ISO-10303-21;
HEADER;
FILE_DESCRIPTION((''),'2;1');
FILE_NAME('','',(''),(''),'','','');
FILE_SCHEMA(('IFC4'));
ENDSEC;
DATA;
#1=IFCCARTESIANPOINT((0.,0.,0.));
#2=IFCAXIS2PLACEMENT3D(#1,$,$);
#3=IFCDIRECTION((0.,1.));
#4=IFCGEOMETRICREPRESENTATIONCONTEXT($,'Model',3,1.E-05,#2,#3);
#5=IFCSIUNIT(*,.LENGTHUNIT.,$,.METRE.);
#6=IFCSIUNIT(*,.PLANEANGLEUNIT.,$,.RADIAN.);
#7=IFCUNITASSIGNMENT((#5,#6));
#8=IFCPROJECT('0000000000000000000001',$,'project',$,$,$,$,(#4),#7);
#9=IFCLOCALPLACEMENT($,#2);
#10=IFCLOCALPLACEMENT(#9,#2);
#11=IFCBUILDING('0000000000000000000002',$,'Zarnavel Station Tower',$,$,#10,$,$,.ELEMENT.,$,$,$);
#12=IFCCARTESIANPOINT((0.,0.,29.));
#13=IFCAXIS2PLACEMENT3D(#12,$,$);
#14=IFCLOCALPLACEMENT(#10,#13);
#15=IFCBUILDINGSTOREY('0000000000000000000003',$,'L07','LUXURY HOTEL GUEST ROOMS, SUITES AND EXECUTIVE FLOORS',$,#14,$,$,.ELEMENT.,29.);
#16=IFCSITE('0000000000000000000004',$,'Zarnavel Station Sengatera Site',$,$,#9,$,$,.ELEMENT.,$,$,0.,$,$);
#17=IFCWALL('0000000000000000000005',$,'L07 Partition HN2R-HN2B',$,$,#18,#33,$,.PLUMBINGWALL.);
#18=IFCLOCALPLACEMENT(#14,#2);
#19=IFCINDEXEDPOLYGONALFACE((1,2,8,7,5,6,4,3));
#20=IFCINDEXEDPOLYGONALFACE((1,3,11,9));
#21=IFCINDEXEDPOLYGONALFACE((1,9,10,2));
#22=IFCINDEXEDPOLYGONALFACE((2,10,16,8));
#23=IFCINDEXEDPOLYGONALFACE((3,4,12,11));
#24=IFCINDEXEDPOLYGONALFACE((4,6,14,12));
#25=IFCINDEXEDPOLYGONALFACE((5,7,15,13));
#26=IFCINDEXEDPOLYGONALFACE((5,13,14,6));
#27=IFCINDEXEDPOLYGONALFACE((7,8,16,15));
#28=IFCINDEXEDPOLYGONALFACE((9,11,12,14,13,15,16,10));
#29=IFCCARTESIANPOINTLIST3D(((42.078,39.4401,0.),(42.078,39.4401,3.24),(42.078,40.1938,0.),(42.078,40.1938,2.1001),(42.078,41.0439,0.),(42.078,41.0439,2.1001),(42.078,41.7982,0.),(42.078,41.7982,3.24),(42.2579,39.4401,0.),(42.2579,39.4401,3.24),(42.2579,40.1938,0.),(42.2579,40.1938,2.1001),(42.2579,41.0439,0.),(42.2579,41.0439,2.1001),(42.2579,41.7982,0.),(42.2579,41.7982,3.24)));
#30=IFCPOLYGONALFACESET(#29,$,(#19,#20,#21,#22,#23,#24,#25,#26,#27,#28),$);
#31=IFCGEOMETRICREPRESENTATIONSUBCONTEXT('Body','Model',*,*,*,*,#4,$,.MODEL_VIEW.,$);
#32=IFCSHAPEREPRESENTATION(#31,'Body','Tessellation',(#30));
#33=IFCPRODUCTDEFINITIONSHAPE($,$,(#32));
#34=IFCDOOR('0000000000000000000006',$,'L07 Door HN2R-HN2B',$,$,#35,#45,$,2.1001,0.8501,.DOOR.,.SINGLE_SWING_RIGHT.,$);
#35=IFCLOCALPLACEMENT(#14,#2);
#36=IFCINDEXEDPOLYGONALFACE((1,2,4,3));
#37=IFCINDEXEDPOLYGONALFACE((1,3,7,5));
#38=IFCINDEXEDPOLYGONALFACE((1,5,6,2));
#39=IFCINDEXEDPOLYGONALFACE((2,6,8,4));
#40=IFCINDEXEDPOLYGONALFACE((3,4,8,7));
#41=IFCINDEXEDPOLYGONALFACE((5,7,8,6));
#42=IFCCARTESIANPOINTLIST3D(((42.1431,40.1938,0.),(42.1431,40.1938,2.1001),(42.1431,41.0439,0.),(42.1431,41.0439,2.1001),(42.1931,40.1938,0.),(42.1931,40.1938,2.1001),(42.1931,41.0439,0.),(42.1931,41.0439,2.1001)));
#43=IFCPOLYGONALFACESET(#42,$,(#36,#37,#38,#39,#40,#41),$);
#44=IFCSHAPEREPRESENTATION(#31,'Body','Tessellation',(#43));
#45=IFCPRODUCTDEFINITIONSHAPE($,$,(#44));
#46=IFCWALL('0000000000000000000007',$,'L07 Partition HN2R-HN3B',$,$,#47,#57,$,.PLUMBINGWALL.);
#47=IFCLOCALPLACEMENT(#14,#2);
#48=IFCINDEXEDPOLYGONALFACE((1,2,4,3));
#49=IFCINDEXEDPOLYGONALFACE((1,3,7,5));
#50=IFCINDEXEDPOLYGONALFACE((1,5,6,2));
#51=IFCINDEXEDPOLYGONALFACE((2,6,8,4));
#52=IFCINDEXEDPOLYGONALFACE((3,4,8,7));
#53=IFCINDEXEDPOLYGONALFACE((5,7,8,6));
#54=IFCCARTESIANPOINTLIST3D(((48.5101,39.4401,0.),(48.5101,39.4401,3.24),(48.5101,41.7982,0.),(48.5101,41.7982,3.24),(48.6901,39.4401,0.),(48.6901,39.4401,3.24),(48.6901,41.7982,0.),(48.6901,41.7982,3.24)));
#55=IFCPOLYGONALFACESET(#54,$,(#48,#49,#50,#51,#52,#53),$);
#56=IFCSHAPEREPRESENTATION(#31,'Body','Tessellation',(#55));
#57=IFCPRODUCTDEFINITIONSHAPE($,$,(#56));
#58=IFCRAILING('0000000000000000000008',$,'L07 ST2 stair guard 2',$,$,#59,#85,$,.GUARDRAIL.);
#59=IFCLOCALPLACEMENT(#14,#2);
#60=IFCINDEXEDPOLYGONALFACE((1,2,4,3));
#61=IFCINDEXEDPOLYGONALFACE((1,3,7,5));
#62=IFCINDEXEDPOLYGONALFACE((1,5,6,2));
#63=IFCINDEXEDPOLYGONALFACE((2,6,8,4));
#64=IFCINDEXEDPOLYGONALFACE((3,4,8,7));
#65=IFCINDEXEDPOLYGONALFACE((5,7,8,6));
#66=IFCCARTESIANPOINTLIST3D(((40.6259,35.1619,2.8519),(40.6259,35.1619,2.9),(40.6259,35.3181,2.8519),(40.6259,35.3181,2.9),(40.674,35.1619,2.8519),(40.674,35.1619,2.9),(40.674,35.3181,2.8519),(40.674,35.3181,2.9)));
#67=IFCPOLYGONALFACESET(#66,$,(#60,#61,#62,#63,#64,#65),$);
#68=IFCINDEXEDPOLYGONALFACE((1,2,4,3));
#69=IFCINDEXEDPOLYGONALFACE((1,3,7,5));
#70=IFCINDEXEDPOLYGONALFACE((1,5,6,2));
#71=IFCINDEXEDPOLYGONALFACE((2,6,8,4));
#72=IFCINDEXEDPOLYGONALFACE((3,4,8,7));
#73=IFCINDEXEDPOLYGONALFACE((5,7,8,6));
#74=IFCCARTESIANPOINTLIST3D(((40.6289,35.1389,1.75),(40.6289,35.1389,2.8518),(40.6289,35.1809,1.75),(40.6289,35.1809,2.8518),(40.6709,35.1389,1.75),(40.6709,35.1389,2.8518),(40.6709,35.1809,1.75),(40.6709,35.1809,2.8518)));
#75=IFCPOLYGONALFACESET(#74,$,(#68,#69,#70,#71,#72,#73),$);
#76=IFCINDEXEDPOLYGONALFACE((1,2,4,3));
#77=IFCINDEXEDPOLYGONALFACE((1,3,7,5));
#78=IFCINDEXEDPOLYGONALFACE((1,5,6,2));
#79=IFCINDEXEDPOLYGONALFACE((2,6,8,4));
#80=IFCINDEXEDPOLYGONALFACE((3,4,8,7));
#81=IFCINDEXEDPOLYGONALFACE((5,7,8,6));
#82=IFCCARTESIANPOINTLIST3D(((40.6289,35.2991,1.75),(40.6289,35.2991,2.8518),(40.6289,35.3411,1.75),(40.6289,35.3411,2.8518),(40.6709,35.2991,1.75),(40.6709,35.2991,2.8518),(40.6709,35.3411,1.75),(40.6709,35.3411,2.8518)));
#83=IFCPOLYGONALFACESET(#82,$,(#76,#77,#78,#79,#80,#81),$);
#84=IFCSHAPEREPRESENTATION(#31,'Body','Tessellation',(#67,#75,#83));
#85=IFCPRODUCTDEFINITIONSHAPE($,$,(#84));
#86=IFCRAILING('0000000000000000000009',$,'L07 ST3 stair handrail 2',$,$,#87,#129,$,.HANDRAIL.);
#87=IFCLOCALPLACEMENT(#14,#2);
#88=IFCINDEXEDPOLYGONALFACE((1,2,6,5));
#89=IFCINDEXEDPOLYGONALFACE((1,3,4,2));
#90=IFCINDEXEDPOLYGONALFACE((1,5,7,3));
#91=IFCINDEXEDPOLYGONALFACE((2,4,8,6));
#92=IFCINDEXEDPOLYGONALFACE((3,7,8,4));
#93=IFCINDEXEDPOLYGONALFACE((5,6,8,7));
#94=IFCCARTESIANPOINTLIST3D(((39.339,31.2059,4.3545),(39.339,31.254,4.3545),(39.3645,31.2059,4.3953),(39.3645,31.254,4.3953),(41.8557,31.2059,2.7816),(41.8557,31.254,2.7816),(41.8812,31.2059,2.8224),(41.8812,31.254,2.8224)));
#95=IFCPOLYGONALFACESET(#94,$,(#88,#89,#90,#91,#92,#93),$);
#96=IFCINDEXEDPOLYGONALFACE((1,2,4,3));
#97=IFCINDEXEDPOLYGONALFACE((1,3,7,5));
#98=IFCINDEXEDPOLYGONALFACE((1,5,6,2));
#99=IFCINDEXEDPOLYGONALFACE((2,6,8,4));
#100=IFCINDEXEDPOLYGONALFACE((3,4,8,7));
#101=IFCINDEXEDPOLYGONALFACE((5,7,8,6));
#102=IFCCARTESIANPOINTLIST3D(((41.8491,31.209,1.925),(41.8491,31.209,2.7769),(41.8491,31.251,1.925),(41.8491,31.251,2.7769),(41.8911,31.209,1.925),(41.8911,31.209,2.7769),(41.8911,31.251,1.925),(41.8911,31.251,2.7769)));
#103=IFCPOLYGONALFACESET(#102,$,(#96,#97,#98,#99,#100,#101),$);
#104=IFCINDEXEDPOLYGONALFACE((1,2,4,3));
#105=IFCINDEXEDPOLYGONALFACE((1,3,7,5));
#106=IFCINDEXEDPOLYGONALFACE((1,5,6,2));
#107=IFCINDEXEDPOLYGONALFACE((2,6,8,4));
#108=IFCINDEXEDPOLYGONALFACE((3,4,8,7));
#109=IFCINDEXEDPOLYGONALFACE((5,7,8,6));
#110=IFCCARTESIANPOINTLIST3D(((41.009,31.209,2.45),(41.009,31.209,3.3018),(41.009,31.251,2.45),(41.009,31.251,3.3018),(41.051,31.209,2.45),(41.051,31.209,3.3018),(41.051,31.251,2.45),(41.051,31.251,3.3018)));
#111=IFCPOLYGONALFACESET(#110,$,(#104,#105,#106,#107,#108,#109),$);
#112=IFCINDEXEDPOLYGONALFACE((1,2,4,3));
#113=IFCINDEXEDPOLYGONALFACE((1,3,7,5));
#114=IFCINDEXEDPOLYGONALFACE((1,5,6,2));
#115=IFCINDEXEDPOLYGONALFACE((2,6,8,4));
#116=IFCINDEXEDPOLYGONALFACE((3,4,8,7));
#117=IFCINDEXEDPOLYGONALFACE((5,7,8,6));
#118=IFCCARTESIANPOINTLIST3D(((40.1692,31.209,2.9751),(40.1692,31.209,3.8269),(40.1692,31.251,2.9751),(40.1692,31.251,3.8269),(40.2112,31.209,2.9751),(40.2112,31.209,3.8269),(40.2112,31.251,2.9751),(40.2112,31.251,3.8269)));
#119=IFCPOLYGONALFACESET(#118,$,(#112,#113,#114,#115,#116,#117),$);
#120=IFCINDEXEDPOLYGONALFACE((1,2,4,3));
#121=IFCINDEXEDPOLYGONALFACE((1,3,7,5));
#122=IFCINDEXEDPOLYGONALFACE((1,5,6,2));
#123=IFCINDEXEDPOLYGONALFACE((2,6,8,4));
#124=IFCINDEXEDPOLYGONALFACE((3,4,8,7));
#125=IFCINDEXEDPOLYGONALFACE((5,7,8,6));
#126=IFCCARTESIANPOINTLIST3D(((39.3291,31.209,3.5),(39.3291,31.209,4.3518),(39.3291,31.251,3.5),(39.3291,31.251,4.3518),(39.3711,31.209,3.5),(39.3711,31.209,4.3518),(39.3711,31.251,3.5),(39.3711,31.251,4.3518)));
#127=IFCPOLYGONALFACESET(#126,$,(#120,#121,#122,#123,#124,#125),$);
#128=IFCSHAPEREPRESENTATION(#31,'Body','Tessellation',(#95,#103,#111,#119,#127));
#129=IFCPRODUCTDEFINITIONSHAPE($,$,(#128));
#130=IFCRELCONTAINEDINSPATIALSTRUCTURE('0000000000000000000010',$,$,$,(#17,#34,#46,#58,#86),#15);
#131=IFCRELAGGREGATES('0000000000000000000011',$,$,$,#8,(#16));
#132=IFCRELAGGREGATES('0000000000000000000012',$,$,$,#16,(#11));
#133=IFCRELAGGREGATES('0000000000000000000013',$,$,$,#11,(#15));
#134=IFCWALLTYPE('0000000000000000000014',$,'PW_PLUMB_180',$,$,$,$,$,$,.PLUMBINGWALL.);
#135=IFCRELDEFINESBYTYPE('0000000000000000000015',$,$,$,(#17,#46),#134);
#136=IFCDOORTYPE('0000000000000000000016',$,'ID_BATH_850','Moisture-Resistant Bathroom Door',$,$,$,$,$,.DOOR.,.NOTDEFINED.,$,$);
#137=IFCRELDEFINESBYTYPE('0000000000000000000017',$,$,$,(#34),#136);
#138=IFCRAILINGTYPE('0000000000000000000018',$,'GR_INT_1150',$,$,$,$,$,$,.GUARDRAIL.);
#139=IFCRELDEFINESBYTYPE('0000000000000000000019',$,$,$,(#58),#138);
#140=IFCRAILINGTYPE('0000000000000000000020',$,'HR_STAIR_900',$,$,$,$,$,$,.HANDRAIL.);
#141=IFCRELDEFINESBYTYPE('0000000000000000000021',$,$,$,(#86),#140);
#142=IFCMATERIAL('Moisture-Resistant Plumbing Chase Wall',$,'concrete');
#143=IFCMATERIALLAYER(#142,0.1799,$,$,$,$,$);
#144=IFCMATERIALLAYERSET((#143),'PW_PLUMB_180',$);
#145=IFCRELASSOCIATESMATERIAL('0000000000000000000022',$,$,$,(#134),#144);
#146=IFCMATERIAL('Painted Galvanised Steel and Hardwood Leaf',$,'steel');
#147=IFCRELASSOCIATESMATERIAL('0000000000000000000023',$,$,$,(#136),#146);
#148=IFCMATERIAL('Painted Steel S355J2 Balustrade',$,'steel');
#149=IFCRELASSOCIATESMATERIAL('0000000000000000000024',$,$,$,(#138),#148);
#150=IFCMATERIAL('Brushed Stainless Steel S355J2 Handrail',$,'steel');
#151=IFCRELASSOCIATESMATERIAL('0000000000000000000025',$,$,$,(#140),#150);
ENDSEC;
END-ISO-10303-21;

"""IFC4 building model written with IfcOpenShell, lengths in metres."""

from ifc_helpers import new_model, si_unit, direction, frame, frame_2d, origin, origin_2d, place, context, subcontext, project, spatial, rectangle, extrude, material, layer, layer_set, type_object, element, fill, save


model = new_model("IFC4")

# Units and contexts
model_context = context("Model", 3, precision=1e-05, world=origin(), true_north=direction((0.0, 1.0)))
body_context = subcontext(model_context, "Body", "Model", "MODEL_VIEW")
ifc_project = project(units=[si_unit("LENGTHUNIT", "METRE"), si_unit("PLANEANGLEUNIT", "RADIAN")], contexts=[model_context])

# Site, building, storey
site_placement = place(None, origin())
site = spatial("IfcSite", under=ifc_project, at=site_placement, Name="Zarnavel Station Sengatera Site", CompositionType="ELEMENT", RefElevation=0.0)
building_placement = place(site_placement, origin())
building = spatial("IfcBuilding", under=site, at=building_placement, Name="Zarnavel Station Tower", CompositionType="ELEMENT")
storey_placement = place(building_placement, frame((0.0, 0.0, 29.0)))
storey = spatial("IfcBuildingStorey", under=building, at=storey_placement, Name="L07", Description="LUXURY HOTEL GUEST ROOMS, SUITES AND EXECUTIVE FLOORS", CompositionType="ELEMENT", Elevation=29.0)

# Shared definitions
ifc_material_1 = material(Name="Moisture-Resistant Plumbing Chase Wall", Category="concrete")
ifc_layer_1 = layer(ifc_material_1, 0.1799)
ifc_layer_set_1 = layer_set([ifc_layer_1], Name="PW_PLUMB_180")
wall_type_1 = type_object("IfcWallType", Name="PW_PLUMB_180", PredefinedType="PLUMBINGWALL", material=ifc_layer_set_1)

# Shared definitions
ifc_material_2 = material(Name="Painted Galvanised Steel and Hardwood Leaf", Category="steel")
door_type_1 = type_object("IfcDoorType", Name="ID_BATH_850", Description="Moisture-Resistant Bathroom Door", OperationType="NOTDEFINED", PredefinedType="DOOR", material=ifc_material_2)

# Wall, opening, door
wall_1_placement = place(storey_placement, frame((42.168, 39.4399, 0.0), z_axis=(0.0, 0.0, 1.0), x_axis=(0.0, 1.0, 0.0)))
wall_1 = element("IfcWall", 1, at=wall_1_placement, inside=storey, type_object=wall_type_1, Name="L07 Partition HN2R-HN2B", PredefinedType="PLUMBINGWALL", context=body_context, shape_type="SweptSolid", body=[
    extrude(rectangle(XDim=2.3582, YDim=0.1799, at=frame_2d((1.1792, 0.0))), origin(), (0.0, 0.0, 1.0), 3.24),
])
opening_1_placement = place(wall_1_placement, frame((0.7539, 0.0, 0.0)))
opening_1 = element("IfcOpeningElement", 2, at=opening_1_placement, cuts=wall_1, PredefinedType="OPENING", context=body_context, shape_type="SweptSolid", body=[
    extrude(rectangle(XDim=0.8501, YDim=2.1001, at=frame_2d((0.425, 1.05))), frame((0.0, 0.0999, 0.0), z_axis=(0.0, -1.0, 0.0), x_axis=(1.0, 0.0, 0.0)), (0.0, 0.0, 1.0), 0.2),
])
door_1_placement = place(opening_1_placement, origin())
door_1 = element("IfcDoor", 3, at=door_1_placement, inside=storey, type_object=door_type_1, Name="L07 Door HN2R-HN2B", OperationType="SINGLE_SWING_RIGHT", OverallHeight=2.1001, OverallWidth=0.8501, PredefinedType="DOOR", context=body_context, shape_type="SweptSolid", body=[
    extrude(rectangle(XDim=0.8501, YDim=2.1001, at=frame_2d((0.425, 1.05))), frame((0.0, 0.0249, 0.0), z_axis=(0.0, -1.0, 0.0), x_axis=(1.0, 0.0, 0.0)), (0.0, 0.0, 1.0), 0.05),
])
fill(opening_1, door_1)

# Wall
wall_2_placement = place(storey_placement, frame((48.6001, 39.4399, 0.0), z_axis=(0.0, 0.0, 1.0), x_axis=(0.0, 1.0, 0.0)))
element("IfcWall", 4, at=wall_2_placement, inside=storey, type_object=wall_type_1, Name="L07 Partition HN2R-HN3B", PredefinedType="PLUMBINGWALL", context=body_context, shape_type="SweptSolid", body=[
    extrude(rectangle(XDim=2.3582, YDim=0.1799, at=frame_2d((1.1792, 0.0))), origin(), (0.0, 0.0, 1.0), 3.24),
])

# Railings
ifc_material_3 = material(Name="Painted Steel S355J2 Balustrade", Category="steel")
railing_type_1 = type_object("IfcRailingType", Name="GR_INT_1150", PredefinedType="GUARDRAIL", material=ifc_material_3)
railing_1_placement = place(storey_placement, frame((40.6499, 35.1599, 1.75)))
element("IfcRailing", 5, at=railing_1_placement, inside=storey, type_object=railing_type_1, Name="L07 ST2 stair guard 2", PredefinedType="GUARDRAIL", context=body_context, shape_type="SweptSolid", body=[
    extrude(rectangle(XDim=0.0481, YDim=0.0481, at=origin_2d()), frame((0.0, 0.002, 1.126), z_axis=(0.0, 1.0, 0.0), x_axis=(-1.0, 0.0, 0.0)), (0.0, 0.0, 1.0), 0.1562),
    extrude(rectangle(XDim=0.042, YDim=0.042, at=origin_2d()), origin(), (0.0, 0.0, 1.0), 1.1018),
    extrude(rectangle(XDim=0.042, YDim=0.042, at=origin_2d()), frame((0.0, 0.1602, 0.0)), (0.0, 0.0, 1.0), 1.1018),
])
ifc_material_4 = material(Name="Brushed Stainless Steel S355J2 Handrail", Category="steel")
railing_type_2 = type_object("IfcRailingType", Name="HR_STAIR_900", PredefinedType="HANDRAIL", material=ifc_material_4)
railing_2_placement = place(storey_placement, frame((41.8701, 31.23, 1.925)))
element("IfcRailing", 6, at=railing_2_placement, inside=storey, type_object=railing_type_2, Name="L07 ST3 stair handrail 2", PredefinedType="HANDRAIL", context=body_context, shape_type="SweptSolid", body=[
    extrude(rectangle(XDim=0.0481, YDim=0.0481, at=origin_2d()), frame((-0.0017, 0.0, 0.877), z_axis=(-0.848008, 0.0, 0.529984), x_axis=(0.0, -1.0, 0.0)), (0.0, 0.0, 1.0), 2.9678),
    extrude(rectangle(XDim=0.042, YDim=0.042, at=origin_2d()), origin(), (0.0, 0.0, 1.0), 0.8518),
    extrude(rectangle(XDim=0.042, YDim=0.042, at=origin_2d()), frame((-0.8401, 0.0, 0.5249)), (0.0, 0.0, 1.0), 0.8518),
    extrude(rectangle(XDim=0.042, YDim=0.042, at=origin_2d()), frame((-1.6799, 0.0, 1.05)), (0.0, 0.0, 1.0), 0.8518),
    extrude(rectangle(XDim=0.042, YDim=0.042, at=origin_2d()), frame((-2.52, 0.0, 1.575)), (0.0, 0.0, 1.0), 0.8518),
])

save(model, "model.ifc")
